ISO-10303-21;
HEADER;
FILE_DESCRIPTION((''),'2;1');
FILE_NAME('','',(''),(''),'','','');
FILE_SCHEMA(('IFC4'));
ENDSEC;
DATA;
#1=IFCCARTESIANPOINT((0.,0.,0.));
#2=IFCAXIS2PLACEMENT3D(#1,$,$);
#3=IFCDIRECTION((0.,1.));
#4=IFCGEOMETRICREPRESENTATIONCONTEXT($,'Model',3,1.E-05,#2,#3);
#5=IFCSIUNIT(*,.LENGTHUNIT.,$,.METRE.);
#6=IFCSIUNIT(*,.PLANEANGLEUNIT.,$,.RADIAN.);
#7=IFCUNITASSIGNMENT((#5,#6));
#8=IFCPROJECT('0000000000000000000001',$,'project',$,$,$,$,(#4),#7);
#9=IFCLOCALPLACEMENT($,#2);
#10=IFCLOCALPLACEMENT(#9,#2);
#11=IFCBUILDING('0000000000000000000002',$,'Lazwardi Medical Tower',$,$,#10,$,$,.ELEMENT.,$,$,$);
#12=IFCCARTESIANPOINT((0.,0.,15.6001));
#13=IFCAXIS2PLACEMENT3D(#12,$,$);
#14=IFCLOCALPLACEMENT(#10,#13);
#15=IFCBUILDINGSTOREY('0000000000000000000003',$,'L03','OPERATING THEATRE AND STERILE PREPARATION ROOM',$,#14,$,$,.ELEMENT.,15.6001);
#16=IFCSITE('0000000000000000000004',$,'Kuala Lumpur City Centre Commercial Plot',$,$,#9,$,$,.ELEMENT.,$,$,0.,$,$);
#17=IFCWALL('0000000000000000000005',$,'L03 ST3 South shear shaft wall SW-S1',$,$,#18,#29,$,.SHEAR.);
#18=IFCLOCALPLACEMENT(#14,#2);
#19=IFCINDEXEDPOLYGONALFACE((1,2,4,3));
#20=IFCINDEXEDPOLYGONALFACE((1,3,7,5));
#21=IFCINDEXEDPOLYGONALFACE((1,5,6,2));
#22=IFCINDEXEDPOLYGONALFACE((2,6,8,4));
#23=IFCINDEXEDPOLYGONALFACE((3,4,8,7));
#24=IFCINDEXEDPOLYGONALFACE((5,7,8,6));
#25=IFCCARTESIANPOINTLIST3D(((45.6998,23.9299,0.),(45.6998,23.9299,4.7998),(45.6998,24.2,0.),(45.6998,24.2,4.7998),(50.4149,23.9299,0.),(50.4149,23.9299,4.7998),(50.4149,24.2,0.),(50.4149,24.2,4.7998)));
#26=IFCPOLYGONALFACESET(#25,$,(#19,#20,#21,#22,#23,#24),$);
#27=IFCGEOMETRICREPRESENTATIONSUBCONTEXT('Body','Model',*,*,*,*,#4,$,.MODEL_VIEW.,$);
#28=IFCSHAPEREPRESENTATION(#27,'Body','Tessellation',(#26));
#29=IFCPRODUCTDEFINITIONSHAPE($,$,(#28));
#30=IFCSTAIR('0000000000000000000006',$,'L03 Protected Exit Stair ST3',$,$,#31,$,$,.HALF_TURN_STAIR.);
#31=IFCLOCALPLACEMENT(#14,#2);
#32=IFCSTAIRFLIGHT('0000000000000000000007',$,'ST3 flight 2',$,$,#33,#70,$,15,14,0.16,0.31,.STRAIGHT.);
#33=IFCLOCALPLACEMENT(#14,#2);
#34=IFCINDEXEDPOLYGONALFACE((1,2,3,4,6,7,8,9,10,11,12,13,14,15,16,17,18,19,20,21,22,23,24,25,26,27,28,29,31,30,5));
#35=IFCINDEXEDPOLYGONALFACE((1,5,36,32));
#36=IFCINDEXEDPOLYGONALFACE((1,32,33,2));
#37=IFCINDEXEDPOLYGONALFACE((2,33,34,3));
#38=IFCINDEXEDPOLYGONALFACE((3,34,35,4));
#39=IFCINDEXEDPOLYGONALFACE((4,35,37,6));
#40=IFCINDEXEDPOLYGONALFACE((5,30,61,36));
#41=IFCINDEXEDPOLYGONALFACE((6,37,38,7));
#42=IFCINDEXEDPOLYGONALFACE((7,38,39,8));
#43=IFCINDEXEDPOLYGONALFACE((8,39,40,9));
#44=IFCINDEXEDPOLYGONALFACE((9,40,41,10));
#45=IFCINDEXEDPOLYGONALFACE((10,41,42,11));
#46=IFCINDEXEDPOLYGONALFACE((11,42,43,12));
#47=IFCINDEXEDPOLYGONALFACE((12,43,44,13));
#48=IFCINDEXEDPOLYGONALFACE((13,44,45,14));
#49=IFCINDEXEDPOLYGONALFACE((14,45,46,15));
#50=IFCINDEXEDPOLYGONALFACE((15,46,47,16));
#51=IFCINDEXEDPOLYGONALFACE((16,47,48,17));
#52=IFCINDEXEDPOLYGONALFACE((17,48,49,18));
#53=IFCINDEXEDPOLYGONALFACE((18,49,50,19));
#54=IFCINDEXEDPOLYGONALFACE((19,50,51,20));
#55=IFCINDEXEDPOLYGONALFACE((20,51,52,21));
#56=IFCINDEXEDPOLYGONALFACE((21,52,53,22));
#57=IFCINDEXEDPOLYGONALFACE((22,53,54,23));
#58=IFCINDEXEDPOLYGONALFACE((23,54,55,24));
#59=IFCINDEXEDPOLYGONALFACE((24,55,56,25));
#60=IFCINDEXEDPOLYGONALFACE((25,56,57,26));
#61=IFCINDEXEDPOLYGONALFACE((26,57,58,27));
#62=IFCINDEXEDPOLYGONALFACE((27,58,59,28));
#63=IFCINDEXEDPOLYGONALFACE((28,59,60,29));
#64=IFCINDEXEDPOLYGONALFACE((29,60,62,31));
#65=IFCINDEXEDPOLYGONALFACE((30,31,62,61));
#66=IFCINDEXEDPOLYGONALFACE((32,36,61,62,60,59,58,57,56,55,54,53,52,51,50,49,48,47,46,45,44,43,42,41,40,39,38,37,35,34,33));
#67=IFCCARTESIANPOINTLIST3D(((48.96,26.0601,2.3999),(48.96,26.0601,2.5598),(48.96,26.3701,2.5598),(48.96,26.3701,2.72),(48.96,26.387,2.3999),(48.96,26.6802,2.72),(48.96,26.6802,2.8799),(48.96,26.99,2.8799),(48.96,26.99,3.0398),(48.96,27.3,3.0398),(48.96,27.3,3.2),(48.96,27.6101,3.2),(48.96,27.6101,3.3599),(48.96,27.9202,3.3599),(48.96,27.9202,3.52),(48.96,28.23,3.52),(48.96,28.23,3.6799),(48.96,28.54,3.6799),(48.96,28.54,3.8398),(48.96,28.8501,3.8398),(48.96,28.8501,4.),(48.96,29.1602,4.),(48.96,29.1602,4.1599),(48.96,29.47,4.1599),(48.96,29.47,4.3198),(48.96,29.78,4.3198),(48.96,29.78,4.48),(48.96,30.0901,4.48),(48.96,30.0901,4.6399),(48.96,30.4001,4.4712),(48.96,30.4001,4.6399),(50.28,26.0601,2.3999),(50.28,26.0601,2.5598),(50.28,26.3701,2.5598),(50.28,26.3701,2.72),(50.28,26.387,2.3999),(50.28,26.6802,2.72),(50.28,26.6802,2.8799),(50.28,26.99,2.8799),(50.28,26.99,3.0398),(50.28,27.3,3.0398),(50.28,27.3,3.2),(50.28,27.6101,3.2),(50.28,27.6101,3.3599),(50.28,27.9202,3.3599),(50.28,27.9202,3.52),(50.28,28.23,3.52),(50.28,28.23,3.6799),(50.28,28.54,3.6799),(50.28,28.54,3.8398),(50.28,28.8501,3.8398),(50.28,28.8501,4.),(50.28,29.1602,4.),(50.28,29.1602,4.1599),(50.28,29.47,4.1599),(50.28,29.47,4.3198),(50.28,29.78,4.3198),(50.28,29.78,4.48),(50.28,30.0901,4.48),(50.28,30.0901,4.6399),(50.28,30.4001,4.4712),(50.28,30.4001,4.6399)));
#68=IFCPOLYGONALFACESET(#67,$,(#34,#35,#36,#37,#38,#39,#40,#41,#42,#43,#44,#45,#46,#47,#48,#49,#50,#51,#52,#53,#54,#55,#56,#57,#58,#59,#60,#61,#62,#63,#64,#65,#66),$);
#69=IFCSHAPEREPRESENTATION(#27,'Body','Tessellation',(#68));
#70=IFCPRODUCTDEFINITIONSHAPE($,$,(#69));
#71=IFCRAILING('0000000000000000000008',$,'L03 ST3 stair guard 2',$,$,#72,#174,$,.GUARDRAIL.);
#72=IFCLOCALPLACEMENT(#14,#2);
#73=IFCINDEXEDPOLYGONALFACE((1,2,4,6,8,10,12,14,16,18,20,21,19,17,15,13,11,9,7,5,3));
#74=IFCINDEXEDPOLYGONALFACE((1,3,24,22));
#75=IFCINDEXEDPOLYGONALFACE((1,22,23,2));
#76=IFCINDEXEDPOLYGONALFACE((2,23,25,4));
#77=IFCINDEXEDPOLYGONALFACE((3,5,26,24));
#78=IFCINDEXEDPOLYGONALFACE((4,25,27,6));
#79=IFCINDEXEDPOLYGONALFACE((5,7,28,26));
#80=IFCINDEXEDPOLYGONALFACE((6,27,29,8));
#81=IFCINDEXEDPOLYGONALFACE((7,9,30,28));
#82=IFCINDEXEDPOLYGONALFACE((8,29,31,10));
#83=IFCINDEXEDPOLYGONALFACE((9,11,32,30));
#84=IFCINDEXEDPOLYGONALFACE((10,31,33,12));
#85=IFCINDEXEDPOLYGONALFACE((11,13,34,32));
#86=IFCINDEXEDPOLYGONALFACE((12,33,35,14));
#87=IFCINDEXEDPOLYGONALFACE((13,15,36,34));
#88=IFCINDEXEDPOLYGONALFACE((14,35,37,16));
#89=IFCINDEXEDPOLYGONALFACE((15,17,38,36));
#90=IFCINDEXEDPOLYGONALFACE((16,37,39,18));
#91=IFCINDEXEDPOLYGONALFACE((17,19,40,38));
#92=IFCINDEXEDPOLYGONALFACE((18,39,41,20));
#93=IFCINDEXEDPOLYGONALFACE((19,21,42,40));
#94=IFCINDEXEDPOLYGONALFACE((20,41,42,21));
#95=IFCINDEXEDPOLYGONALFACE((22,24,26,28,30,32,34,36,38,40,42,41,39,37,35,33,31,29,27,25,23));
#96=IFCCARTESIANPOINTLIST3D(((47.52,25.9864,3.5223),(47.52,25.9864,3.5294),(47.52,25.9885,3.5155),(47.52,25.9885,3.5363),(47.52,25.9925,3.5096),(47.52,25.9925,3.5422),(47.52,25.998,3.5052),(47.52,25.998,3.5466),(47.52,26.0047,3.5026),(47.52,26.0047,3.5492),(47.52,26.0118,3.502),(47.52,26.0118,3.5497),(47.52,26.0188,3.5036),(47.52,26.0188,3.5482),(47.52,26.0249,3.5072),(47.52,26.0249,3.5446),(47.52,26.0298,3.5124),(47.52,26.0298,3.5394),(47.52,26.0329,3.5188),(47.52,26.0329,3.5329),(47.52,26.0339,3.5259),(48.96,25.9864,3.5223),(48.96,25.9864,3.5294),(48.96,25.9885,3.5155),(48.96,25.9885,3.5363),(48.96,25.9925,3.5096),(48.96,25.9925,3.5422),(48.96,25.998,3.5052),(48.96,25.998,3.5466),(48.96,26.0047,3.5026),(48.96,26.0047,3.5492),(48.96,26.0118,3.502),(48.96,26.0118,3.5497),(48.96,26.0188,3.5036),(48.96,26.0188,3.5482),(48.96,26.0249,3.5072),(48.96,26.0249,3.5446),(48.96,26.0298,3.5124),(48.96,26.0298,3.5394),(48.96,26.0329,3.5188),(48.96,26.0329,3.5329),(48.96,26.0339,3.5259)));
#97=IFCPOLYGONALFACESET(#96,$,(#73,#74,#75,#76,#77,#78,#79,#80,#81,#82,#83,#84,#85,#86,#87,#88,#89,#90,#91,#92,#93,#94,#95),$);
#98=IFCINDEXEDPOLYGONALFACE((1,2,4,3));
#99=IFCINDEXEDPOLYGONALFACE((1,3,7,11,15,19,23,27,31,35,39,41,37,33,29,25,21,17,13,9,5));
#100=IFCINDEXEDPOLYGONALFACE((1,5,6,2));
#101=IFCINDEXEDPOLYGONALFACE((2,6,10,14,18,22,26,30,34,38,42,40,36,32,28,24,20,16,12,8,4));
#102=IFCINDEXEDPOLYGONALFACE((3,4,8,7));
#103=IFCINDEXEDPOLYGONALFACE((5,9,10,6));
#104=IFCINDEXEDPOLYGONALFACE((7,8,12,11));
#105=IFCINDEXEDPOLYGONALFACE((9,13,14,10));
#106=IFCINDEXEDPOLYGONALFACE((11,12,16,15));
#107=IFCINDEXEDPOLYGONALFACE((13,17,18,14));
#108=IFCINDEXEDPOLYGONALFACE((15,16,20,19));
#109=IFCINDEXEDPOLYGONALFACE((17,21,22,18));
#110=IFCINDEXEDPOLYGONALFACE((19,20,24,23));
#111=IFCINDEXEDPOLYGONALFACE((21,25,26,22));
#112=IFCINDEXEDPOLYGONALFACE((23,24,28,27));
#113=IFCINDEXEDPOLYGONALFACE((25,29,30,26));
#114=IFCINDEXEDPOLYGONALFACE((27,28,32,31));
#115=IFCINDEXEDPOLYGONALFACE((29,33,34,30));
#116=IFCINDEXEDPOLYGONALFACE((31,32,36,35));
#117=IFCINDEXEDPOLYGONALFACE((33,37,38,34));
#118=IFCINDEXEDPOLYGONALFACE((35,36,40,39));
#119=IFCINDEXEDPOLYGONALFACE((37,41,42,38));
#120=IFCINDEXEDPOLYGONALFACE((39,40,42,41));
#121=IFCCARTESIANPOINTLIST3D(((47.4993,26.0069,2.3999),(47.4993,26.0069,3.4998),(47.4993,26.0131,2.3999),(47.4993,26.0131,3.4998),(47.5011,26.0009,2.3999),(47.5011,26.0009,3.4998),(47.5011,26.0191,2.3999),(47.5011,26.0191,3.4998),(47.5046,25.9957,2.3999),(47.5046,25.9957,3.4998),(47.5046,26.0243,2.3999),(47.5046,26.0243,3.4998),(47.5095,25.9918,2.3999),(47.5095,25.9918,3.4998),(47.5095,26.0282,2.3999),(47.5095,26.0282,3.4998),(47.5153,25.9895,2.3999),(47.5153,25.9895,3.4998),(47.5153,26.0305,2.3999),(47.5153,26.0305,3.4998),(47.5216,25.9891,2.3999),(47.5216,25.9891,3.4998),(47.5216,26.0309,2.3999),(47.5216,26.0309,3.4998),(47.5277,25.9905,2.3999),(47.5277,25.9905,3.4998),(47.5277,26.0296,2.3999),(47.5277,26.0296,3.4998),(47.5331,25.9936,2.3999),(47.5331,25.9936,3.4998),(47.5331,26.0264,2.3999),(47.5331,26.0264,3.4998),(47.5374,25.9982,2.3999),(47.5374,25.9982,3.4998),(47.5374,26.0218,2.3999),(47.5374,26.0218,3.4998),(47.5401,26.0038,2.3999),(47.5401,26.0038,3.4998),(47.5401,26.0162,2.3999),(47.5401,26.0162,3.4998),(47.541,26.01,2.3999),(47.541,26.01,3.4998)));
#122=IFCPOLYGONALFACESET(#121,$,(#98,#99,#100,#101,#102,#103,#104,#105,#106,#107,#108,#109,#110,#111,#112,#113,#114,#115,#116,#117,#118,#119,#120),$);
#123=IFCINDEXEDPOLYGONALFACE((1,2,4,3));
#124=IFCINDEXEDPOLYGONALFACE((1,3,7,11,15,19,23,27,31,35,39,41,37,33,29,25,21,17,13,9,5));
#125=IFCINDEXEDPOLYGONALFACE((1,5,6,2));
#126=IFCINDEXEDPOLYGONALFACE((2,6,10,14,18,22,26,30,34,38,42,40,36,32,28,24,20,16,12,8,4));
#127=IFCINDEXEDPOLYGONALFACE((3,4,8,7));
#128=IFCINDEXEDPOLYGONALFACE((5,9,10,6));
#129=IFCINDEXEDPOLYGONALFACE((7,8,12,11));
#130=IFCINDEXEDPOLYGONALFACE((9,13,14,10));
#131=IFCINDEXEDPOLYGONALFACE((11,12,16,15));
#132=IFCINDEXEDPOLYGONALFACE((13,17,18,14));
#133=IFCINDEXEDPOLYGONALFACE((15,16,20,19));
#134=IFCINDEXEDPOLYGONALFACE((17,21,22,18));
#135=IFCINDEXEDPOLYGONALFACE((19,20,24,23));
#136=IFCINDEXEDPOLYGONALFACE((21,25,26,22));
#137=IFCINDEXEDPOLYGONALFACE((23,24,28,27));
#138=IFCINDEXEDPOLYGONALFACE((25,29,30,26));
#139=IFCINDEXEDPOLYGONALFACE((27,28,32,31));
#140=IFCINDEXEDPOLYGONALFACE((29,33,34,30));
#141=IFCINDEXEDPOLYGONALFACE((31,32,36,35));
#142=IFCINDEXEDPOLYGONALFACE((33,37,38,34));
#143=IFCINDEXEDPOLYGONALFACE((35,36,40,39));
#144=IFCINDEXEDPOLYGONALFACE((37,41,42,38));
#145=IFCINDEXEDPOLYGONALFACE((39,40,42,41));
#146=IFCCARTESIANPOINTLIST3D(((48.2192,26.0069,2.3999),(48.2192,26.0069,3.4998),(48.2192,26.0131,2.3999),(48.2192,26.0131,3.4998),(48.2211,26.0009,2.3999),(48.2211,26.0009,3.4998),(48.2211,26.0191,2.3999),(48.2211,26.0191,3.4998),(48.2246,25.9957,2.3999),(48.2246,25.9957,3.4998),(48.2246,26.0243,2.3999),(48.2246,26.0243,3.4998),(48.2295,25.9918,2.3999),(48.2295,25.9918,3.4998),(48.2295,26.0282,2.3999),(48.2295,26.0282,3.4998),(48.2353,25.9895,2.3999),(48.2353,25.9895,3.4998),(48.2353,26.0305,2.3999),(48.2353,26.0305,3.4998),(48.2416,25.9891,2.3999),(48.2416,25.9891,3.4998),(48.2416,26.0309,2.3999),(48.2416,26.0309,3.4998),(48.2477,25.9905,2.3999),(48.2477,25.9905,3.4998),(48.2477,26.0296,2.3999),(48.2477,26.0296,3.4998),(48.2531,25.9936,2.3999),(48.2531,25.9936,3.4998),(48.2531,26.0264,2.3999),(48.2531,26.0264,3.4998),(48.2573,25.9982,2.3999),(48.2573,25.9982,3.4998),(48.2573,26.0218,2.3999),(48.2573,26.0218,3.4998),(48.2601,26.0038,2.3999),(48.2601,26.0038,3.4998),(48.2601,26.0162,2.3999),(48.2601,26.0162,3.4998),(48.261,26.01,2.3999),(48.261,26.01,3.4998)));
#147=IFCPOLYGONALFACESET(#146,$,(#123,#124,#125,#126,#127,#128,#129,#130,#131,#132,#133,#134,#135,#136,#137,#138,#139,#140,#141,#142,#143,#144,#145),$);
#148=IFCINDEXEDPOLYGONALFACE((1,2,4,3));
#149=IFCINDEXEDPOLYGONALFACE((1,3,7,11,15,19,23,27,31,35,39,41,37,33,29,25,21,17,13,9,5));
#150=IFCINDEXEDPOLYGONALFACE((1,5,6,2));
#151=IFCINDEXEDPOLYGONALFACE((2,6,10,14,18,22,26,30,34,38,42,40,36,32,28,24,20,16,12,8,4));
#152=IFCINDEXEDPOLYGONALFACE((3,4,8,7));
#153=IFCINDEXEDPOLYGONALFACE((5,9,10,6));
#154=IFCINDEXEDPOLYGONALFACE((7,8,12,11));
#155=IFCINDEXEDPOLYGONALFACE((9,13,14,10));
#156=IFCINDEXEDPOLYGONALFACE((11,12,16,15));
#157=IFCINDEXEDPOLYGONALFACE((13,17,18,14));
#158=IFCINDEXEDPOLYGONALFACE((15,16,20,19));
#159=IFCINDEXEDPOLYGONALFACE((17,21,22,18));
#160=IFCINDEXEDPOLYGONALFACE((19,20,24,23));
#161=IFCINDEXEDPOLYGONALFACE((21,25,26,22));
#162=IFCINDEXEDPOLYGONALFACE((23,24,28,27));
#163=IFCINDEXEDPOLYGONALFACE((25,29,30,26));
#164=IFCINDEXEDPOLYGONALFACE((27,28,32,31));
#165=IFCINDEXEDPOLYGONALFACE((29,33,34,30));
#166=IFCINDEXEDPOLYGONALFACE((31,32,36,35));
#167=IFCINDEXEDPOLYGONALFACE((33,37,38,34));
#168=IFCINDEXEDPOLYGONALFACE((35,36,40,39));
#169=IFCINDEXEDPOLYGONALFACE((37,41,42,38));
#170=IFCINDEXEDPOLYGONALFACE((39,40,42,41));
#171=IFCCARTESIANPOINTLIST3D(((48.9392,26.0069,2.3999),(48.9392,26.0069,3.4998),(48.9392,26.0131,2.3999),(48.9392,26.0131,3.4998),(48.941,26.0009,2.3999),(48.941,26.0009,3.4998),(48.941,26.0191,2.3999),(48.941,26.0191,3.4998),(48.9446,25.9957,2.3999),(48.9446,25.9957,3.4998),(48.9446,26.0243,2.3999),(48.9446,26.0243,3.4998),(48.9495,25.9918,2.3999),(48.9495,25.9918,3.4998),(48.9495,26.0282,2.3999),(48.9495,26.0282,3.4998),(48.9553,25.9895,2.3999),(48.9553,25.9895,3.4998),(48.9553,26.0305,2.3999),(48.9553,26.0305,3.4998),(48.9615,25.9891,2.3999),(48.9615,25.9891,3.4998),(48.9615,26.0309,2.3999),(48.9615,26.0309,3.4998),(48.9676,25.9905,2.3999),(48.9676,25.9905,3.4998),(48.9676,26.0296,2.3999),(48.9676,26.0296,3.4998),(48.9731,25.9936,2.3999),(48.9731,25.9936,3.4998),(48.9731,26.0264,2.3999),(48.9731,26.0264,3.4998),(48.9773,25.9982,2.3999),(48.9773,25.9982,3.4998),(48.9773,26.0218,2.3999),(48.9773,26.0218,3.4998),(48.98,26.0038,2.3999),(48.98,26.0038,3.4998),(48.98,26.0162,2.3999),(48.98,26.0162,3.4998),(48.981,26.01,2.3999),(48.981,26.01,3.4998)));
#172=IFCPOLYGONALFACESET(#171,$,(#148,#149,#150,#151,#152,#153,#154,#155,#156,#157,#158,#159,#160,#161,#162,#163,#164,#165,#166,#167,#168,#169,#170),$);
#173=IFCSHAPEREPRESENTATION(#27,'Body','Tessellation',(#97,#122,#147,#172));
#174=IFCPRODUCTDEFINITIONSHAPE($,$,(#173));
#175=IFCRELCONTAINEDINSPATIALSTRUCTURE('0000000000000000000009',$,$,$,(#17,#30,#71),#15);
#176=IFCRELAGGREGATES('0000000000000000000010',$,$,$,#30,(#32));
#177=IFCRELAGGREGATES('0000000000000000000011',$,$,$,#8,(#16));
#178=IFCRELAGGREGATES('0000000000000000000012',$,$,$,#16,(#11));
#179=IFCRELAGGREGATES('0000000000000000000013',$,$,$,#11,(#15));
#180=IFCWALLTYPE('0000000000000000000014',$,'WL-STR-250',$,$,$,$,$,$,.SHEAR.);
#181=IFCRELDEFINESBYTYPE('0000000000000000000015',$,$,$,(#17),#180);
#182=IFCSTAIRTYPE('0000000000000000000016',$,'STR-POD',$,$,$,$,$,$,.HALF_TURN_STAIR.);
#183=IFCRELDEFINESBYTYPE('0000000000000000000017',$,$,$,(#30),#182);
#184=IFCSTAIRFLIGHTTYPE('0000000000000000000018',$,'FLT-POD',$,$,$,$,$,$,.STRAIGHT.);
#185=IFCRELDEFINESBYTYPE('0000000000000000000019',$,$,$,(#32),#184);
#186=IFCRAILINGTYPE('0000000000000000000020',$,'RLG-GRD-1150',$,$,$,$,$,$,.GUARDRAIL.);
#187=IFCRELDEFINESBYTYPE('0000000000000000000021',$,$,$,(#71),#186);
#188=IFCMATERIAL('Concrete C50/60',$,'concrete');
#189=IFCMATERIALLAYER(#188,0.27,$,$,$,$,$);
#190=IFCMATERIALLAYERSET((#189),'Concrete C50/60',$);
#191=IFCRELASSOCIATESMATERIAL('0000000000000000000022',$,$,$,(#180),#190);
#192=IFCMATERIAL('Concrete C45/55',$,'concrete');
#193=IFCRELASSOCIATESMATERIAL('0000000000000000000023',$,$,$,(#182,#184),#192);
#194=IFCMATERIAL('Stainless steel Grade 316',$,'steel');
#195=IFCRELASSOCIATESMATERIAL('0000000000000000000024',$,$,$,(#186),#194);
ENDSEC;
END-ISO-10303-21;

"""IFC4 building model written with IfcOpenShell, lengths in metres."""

from ifc_helpers import new_model, si_unit, direction, frame, frame_2d, origin, origin_2d, place, context, subcontext, project, spatial, polyline, rectangle, circle, outline, extrude, material, layer, layer_set, type_object, element, aggregate, save


model = new_model("IFC4")

# Units and contexts
model_context = context("Model", 3, precision=1e-05, world=origin(), true_north=direction((0.0, 1.0)))
body_context = subcontext(model_context, "Body", "Model", "MODEL_VIEW")
ifc_project = project(units=[si_unit("LENGTHUNIT", "METRE"), si_unit("PLANEANGLEUNIT", "RADIAN")], contexts=[model_context])

# Site, building, storey
site_placement = place(None, origin())
site = spatial("IfcSite", under=ifc_project, at=site_placement, Name="Kuala Lumpur City Centre Commercial Plot", CompositionType="ELEMENT", RefElevation=0.0)
building_placement = place(site_placement, origin())
building = spatial("IfcBuilding", under=site, at=building_placement, Name="Lazwardi Medical Tower", CompositionType="ELEMENT")
storey_placement = place(building_placement, frame((0.0, 0.0, 15.6001)))
storey = spatial("IfcBuildingStorey", under=building, at=storey_placement, Name="L03", Description="OPERATING THEATRE AND STERILE PREPARATION ROOM", CompositionType="ELEMENT", Elevation=15.6001)

# Wall
ifc_material_1 = material(Name="Concrete C50/60", Category="concrete")
ifc_layer_1 = layer(ifc_material_1, 0.27)
ifc_layer_set_1 = layer_set([ifc_layer_1], Name="Concrete C50/60")
wall_type_1 = type_object("IfcWallType", Name="WL-STR-250", PredefinedType="SHEAR", material=ifc_layer_set_1)
wall_1_placement = place(storey_placement, frame((45.7, 24.0649, 0.0), z_axis=(0.0, 0.0, 1.0), x_axis=(1.0, 0.0, 0.0)))
element("IfcWall", 1, at=wall_1_placement, inside=storey, type_object=wall_type_1, Name="L03 ST3 South shear shaft wall SW-S1", PredefinedType="SHEAR", context=body_context, shape_type="SweptSolid", body=[
    extrude(rectangle(XDim=4.7151, YDim=0.27, at=frame_2d((2.3574, 0.0))), origin(), (0.0, 0.0, 1.0), 4.7998),
])

# Stair, stair flight
ifc_material_2 = material(Name="Concrete C45/55", Category="concrete")
stair_type = type_object("IfcStairType", Name="STR-POD", PredefinedType="HALF_TURN_STAIR", material=ifc_material_2)
stair_placement = place(storey_placement, origin())
stair = element("IfcStair", 2, at=stair_placement, inside=storey, type_object=stair_type, Name="L03 Protected Exit Stair ST3", PredefinedType="HALF_TURN_STAIR")
stair_flight_type = type_object("IfcStairFlightType", Name="FLT-POD", PredefinedType="STRAIGHT", material=ifc_material_2)
stair_flight_placement = place(storey_placement, frame((49.6201, 26.0601, 2.3999), z_axis=(0.0, 0.0, 1.0), x_axis=(0.0, 1.0, 0.0)))
stair_flight = element("IfcStairFlight", 3, at=stair_flight_placement, type_object=stair_flight_type, Name="ST3 flight 2", NumberOfRisers=15, NumberOfTreads=14, PredefinedType="STRAIGHT", RiserHeight=0.16, TreadLength=0.31, context=body_context, shape_type="SweptSolid", body=[
    extrude(outline(polyline([(0.0, 0.0), (0.0, 0.1599), (0.3101, 0.1599), (0.3101, 0.3201), (0.6201, 0.3201), (0.6201, 0.48), (0.9299, 0.48), (0.9299, 0.6399), (1.24, 0.6399), (1.24, 0.8), (1.55, 0.8), (1.55, 0.96), (1.8601, 0.96), (1.8601, 1.1201), (2.1699, 1.1201), (2.1699, 1.28), (2.48, 1.28), (2.48, 1.4399), (2.79, 1.4399), (2.79, 1.6001), (3.1001, 1.6001), (3.1001, 1.76), (3.4099, 1.76), (3.4099, 1.9199), (3.72, 1.9199), (3.72, 2.0801), (4.03, 2.0801), (4.03, 2.24), (4.3401, 2.24), (4.3401, 2.3999), (4.3401, 2.0713), (0.3269, 0.0), (0.0, 0.0)])), frame((0.0, 0.6602, 0.0), z_axis=(0.0, -1.0, 0.0), x_axis=(1.0, 0.0, 0.0)), (0.0, 0.0, 1.0), 1.3201),
])
aggregate(stair, [stair_flight])

# Railing
ifc_material_3 = material(Name="Stainless steel Grade 316", Category="steel")
railing_type_1 = type_object("IfcRailingType", Name="RLG-GRD-1150", PredefinedType="GUARDRAIL", material=ifc_material_3)
railing_1_placement = place(storey_placement, frame((47.52, 26.01, 2.3999)))
element("IfcRailing", 4, at=railing_1_placement, inside=storey, type_object=railing_type_1, Name="L03 ST3 stair guard 2", PredefinedType="GUARDRAIL", context=body_context, shape_type="SweptSolid", body=[
    extrude(circle(Radius=0.0239, at=origin_2d()), frame((0.0, 0.0, 1.126), z_axis=(1.0, 0.0, 0.0), x_axis=(0.0, 1.0, 0.0)), (0.0, 0.0, 1.0), 1.4399),
    extrude(circle(Radius=0.021, at=origin_2d()), origin(), (0.0, 0.0, 1.0), 1.0999),
    extrude(circle(Radius=0.021, at=origin_2d()), frame((0.72, 0.0, 0.0)), (0.0, 0.0, 1.0), 1.0999),
    extrude(circle(Radius=0.021, at=origin_2d()), frame((1.4399, 0.0, 0.0)), (0.0, 0.0, 1.0), 1.0999),
])

save(model, "model.ifc")
